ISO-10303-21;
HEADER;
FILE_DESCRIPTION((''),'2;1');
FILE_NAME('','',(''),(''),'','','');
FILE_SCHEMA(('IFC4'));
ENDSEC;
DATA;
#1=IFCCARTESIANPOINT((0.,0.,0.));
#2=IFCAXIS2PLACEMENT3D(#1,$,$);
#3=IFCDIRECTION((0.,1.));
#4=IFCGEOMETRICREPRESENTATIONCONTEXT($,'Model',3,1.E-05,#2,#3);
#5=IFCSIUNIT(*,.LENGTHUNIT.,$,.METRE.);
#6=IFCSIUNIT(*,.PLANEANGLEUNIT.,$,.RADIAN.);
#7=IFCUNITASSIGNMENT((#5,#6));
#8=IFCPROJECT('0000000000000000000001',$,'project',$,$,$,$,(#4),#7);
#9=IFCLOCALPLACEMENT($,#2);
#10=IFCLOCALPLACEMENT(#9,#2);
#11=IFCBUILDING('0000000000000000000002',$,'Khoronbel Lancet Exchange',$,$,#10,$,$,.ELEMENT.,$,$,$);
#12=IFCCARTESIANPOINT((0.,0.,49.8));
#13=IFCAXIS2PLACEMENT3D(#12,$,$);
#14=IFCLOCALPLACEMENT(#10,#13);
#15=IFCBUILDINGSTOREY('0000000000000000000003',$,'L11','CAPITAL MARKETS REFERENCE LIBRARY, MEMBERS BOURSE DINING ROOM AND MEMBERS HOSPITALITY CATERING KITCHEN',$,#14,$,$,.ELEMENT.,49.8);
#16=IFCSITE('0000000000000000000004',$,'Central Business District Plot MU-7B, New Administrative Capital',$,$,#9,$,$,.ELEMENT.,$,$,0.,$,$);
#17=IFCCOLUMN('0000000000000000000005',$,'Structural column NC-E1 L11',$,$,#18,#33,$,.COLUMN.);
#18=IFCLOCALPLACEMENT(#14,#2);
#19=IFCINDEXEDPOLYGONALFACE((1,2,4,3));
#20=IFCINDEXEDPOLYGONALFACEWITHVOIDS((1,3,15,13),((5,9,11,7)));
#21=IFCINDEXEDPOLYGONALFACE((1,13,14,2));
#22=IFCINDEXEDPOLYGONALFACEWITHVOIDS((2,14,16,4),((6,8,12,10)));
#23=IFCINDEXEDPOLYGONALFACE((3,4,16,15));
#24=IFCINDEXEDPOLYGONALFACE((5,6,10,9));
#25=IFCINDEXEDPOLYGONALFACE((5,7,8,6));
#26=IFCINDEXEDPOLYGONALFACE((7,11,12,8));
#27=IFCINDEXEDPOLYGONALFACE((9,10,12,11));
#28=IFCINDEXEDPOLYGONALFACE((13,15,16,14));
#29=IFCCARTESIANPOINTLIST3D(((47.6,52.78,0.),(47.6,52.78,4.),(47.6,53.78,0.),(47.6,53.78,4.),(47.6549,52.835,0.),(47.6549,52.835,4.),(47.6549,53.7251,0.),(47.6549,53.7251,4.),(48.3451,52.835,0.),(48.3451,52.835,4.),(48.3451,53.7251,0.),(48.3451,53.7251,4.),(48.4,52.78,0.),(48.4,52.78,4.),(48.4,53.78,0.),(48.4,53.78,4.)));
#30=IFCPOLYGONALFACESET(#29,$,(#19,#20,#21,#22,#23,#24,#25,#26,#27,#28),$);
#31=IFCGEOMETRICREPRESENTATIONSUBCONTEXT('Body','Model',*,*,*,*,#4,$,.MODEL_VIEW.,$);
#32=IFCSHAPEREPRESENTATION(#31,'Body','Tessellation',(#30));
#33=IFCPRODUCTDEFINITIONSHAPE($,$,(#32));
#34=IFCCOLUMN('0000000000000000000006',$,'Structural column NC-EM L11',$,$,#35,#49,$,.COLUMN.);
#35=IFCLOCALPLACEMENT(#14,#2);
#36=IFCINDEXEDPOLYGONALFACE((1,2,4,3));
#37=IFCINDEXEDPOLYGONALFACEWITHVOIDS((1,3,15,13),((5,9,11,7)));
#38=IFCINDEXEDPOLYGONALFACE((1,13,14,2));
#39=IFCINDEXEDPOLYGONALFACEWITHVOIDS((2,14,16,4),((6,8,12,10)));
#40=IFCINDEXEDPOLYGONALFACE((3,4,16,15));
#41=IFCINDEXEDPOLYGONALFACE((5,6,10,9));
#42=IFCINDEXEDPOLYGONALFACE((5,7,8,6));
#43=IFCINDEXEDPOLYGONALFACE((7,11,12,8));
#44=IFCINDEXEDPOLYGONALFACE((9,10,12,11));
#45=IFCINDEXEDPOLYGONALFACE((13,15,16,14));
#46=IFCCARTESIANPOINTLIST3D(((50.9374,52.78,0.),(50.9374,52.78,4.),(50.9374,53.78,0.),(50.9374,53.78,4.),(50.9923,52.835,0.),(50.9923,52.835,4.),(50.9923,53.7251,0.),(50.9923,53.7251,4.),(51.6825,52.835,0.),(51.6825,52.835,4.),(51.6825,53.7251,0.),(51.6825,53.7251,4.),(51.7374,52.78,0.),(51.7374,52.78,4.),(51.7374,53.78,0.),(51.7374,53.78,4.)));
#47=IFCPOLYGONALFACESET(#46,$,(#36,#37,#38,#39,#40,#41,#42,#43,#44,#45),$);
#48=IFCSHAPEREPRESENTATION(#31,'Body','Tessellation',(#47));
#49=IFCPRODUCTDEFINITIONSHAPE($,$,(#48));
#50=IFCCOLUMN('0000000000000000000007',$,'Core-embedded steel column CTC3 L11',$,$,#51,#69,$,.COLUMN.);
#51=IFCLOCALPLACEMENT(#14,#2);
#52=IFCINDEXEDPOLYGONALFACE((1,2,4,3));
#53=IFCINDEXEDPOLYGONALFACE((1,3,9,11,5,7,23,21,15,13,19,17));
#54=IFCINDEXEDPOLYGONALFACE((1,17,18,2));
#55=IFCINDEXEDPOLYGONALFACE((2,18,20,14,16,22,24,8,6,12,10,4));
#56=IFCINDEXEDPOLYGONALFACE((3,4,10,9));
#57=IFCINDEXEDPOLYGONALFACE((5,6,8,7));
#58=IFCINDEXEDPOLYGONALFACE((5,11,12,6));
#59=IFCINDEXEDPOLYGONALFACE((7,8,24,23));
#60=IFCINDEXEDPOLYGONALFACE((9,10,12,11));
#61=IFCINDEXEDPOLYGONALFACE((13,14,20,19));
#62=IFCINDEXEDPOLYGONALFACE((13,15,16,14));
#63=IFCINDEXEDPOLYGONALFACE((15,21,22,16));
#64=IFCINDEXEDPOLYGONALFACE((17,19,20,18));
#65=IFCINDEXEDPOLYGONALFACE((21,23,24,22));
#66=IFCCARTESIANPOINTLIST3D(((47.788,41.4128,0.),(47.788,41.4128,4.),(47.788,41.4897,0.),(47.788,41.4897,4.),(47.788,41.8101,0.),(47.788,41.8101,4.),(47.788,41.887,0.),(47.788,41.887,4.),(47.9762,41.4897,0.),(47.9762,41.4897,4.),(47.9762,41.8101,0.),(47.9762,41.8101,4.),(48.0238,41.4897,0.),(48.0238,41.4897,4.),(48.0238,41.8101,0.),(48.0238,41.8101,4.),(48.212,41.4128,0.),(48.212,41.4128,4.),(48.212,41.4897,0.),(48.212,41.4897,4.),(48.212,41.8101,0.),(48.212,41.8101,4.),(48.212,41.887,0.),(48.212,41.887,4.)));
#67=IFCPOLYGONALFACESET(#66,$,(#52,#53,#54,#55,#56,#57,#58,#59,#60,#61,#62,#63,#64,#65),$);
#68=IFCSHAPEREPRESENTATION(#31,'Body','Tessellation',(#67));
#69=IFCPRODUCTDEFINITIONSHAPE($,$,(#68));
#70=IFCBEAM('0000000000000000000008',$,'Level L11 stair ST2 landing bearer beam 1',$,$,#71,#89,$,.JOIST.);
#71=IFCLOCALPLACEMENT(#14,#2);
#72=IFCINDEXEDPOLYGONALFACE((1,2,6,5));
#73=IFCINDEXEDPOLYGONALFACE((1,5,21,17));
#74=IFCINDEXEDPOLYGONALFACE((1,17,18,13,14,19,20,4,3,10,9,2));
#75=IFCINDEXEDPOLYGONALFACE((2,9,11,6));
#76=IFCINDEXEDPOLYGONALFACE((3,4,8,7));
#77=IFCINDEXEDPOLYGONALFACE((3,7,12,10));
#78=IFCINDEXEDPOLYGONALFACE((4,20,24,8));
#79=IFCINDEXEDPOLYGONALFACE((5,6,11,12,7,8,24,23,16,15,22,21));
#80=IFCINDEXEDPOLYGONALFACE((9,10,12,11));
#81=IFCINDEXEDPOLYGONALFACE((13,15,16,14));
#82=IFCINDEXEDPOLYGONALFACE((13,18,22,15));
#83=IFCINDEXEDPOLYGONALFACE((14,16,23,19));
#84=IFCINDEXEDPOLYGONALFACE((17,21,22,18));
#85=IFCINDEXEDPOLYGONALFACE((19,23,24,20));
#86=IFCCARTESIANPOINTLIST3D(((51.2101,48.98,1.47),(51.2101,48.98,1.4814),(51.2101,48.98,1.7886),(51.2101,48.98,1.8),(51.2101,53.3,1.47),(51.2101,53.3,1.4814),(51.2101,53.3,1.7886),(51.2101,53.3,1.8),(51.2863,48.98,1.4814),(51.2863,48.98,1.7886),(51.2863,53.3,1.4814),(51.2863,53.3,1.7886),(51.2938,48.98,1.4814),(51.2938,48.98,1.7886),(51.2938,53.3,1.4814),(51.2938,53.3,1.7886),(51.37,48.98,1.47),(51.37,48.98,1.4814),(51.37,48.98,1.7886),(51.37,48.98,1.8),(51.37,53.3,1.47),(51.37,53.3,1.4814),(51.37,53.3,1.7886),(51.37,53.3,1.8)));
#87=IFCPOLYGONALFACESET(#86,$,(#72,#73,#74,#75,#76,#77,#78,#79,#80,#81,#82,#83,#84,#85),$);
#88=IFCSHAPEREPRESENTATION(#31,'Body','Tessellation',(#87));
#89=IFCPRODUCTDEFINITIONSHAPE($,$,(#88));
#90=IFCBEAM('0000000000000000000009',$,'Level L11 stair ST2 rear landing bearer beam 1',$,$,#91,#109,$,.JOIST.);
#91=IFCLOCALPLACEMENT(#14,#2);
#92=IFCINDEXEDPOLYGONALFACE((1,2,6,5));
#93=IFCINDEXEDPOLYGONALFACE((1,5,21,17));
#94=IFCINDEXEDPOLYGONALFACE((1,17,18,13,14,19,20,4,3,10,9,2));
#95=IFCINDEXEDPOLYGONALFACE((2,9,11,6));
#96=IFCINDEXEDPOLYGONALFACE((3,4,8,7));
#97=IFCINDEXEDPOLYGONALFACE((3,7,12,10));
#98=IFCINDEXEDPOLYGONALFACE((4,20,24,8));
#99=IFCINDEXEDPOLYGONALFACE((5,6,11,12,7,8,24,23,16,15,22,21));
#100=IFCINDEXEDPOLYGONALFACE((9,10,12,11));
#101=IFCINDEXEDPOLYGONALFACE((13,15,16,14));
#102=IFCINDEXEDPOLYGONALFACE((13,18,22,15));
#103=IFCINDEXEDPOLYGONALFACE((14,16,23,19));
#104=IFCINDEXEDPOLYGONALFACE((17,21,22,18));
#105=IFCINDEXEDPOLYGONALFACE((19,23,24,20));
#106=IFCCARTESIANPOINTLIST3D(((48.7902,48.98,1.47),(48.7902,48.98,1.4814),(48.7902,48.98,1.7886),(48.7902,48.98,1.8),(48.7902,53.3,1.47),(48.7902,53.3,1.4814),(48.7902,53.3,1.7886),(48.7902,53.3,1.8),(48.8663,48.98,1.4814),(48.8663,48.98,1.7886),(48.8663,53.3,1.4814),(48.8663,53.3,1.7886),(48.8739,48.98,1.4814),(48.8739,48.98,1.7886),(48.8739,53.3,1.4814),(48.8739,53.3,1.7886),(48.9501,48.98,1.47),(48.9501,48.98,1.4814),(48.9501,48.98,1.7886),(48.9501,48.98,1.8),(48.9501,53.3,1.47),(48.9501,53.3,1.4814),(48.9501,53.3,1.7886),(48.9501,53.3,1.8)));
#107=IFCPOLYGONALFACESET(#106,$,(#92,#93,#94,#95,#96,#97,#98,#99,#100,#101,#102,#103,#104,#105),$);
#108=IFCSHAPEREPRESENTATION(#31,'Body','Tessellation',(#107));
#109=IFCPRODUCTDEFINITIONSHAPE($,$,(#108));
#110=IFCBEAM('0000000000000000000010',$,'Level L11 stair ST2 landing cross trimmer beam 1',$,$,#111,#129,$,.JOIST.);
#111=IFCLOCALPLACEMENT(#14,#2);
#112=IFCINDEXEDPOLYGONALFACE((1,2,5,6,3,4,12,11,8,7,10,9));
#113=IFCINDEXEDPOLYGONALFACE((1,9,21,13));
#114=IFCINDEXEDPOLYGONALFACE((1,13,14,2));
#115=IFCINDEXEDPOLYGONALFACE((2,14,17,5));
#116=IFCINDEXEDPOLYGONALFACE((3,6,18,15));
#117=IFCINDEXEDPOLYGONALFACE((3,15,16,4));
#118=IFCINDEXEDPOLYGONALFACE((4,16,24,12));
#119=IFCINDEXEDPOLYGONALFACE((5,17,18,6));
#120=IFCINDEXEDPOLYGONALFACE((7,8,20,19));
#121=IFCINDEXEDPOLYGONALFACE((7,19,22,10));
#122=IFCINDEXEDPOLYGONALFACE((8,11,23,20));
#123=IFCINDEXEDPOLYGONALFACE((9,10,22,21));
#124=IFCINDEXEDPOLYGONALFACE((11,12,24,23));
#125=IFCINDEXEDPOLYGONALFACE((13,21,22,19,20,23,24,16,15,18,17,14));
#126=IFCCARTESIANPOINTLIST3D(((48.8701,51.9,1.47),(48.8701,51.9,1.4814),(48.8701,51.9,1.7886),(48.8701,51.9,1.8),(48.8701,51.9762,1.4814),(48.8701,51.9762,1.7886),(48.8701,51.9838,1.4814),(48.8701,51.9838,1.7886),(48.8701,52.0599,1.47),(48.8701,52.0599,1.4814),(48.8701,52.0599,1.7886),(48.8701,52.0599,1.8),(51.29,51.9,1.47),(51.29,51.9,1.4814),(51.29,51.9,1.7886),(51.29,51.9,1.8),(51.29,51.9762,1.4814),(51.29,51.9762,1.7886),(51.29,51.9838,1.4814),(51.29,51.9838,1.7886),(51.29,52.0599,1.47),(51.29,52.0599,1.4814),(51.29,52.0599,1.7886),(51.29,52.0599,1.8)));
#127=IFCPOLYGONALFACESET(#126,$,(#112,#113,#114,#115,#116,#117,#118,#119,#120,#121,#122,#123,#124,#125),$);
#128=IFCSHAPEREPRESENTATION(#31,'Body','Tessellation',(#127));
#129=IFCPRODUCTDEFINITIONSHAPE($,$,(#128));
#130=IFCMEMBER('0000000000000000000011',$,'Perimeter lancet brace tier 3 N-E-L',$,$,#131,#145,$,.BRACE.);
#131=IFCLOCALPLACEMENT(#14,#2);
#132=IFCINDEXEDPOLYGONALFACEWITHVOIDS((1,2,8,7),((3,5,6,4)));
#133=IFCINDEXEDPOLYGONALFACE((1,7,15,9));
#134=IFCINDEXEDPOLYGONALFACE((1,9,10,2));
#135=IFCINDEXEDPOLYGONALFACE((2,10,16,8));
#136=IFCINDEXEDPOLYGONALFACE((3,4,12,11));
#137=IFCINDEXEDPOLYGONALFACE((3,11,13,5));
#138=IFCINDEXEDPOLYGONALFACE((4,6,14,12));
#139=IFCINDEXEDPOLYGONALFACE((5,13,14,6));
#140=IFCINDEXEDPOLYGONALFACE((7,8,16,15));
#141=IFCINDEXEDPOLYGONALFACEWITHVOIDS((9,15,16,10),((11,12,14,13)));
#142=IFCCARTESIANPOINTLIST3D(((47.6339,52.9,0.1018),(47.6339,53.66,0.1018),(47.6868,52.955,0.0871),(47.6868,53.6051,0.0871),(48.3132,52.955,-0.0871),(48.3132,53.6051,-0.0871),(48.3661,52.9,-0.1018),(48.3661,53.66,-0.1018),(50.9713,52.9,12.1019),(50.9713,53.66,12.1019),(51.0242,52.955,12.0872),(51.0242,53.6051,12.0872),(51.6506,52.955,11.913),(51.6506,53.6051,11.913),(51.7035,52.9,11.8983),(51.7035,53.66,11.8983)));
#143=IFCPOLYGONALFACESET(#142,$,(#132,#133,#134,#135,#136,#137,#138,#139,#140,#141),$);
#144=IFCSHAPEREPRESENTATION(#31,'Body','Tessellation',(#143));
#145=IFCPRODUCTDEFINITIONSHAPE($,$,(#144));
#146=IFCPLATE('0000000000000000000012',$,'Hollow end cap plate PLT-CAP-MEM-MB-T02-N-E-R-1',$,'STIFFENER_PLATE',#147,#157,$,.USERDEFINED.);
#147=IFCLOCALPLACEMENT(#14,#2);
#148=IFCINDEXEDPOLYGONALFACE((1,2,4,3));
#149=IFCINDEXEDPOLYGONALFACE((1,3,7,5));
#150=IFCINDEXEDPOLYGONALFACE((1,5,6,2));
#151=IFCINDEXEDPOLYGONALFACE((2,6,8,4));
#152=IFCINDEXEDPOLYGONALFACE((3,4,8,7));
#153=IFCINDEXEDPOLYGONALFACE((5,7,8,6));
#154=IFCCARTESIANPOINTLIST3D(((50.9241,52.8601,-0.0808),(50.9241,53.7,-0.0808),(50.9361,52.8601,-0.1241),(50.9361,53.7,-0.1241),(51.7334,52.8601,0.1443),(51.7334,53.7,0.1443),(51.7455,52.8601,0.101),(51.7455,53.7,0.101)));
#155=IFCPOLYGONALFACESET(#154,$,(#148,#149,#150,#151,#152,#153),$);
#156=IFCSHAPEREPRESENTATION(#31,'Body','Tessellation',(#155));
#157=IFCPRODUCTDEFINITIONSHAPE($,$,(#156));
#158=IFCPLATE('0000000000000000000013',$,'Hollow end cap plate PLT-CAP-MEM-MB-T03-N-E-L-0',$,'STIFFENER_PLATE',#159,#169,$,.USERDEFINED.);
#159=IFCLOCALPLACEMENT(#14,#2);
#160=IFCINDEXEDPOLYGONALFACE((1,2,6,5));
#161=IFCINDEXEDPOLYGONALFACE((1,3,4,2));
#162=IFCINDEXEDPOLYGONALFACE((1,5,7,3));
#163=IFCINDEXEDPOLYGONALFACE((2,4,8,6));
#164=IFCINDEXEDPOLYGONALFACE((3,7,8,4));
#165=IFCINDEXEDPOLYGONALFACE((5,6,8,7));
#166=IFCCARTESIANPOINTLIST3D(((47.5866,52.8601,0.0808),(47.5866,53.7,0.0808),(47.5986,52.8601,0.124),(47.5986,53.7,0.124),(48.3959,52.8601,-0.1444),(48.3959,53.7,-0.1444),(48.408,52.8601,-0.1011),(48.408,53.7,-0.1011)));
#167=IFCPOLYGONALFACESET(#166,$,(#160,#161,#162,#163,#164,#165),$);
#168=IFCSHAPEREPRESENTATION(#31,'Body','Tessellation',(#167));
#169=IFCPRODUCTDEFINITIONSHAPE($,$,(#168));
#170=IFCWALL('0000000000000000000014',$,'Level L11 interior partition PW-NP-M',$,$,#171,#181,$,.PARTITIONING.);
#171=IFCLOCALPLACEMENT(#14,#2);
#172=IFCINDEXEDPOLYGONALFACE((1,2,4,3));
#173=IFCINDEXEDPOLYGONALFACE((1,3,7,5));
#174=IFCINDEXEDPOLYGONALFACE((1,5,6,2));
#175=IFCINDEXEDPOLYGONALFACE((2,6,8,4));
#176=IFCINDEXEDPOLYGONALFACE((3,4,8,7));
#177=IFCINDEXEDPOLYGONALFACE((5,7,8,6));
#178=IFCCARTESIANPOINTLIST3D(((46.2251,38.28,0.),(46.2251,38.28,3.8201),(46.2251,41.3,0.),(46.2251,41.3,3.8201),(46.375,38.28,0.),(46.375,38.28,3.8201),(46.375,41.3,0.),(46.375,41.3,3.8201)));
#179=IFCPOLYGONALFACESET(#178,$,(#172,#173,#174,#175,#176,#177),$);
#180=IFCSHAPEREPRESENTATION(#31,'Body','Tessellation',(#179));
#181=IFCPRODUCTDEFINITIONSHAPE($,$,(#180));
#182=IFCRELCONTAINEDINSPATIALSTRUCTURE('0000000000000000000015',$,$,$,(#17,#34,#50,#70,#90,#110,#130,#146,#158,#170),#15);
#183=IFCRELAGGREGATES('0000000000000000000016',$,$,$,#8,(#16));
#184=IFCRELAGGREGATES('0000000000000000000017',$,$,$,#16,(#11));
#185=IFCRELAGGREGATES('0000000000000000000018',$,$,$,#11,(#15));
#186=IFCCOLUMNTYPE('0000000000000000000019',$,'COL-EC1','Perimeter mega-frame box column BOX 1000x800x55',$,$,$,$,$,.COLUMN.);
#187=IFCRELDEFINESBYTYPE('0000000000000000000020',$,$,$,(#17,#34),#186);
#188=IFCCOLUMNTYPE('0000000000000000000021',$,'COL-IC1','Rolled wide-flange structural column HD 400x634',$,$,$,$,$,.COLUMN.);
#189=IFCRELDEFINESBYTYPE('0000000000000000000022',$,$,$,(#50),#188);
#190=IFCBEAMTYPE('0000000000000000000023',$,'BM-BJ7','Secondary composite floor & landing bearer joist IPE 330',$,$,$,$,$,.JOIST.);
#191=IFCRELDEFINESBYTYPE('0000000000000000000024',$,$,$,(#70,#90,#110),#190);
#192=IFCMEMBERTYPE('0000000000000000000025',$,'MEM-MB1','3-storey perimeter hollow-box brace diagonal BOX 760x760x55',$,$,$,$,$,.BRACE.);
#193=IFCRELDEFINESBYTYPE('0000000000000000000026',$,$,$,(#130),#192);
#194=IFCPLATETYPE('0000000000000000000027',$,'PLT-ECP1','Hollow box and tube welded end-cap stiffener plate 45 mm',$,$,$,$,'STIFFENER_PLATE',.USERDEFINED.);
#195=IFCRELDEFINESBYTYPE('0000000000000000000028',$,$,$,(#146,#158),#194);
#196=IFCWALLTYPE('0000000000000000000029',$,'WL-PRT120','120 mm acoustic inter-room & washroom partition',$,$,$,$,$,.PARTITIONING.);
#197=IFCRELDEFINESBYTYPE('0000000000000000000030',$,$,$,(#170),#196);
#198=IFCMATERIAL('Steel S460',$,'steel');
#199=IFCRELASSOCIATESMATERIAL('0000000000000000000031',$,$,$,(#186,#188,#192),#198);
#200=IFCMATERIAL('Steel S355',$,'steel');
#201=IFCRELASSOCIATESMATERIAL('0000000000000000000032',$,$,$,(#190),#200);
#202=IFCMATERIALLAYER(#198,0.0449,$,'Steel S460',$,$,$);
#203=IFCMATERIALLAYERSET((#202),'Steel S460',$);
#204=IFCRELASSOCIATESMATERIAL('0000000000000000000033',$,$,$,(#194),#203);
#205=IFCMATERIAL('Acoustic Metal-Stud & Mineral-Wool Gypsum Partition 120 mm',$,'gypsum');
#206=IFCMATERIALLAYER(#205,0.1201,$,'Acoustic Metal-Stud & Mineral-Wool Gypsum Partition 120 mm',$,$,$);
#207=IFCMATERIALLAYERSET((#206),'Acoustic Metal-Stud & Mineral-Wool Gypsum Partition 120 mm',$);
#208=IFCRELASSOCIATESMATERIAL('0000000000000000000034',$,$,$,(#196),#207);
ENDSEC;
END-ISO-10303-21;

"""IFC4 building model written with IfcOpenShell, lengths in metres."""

from ifc_helpers import new_model, si_unit, direction, frame, frame_2d, origin, origin_2d, place, context, subcontext, project, spatial, polyline, rectangle, hollow_rectangle, i_section, outline, extrude, material, layer, layer_set, material_profile, profile_set, type_object, element, save


model = new_model("IFC4")

# Units and contexts
model_context = context("Model", 3, precision=1e-05, world=origin(), true_north=direction((0.0, 1.0)))
body_context = subcontext(model_context, "Body", "Model", "MODEL_VIEW")
ifc_project = project(units=[si_unit("LENGTHUNIT", "METRE"), si_unit("PLANEANGLEUNIT", "RADIAN")], contexts=[model_context])

# Site, building, storey
site_placement = place(None, origin())
site = spatial("IfcSite", under=ifc_project, at=site_placement, Name="Central Business District Plot MU-7B, New Administrative Capital", CompositionType="ELEMENT", RefElevation=0.0)
building_placement = place(site_placement, origin())
building = spatial("IfcBuilding", under=site, at=building_placement, Name="Khoronbel Lancet Exchange", CompositionType="ELEMENT")
storey_placement = place(building_placement, frame((0.0, 0.0, 49.8)))
storey = spatial("IfcBuildingStorey", under=building, at=storey_placement, Name="L11", Description="CAPITAL MARKETS REFERENCE LIBRARY, MEMBERS BOURSE DINING ROOM AND MEMBERS HOSPITALITY CATERING KITCHEN", CompositionType="ELEMENT", Elevation=49.8)

# Columns
ifc_material_1 = material(Name="Steel S460", Category="steel")
ifc_material_profile_1 = material_profile(ifc_material_1, hollow_rectangle(XDim=0.8, YDim=1.0, WallThickness=0.0549, at=origin_2d()), Name="BOX 1000x800x55")
ifc_profile_set_1 = profile_set([ifc_material_profile_1], Name="Steel S460")
column_type_1 = type_object("IfcColumnType", Name="COL-EC1", Description="Perimeter mega-frame box column BOX 1000x800x55", PredefinedType="COLUMN", material=ifc_profile_set_1)
for number, where, z_axis, x_axis, name in (
    (1, (48.0, 53.28, 0.0), (0.0, 0.0, 1.0), (1.0, 0.0, 0.0), "Structural column NC-E1 L11"),
    (2, (51.3374, 53.28, 0.0), (0.0, 0.0, 1.0), (1.0, 0.0, 0.0), "Structural column NC-EM L11"),
):
    element("IfcColumn", number, at=place(storey_placement, frame(where, z_axis=z_axis, x_axis=x_axis)), inside=storey, type_object=column_type_1, Name=name, PredefinedType="COLUMN", context=body_context, shape_type="SweptSolid", body=[
        extrude(hollow_rectangle(XDim=0.8, YDim=1.0, WallThickness=0.0549, at=origin_2d()), origin(), (0.0, 0.0, 1.0), 4.0),
    ])
ifc_material_profile_2 = material_profile(ifc_material_1, i_section(OverallWidth=0.4241, OverallDepth=0.4741, WebThickness=0.0476, FlangeThickness=0.0769, at=origin_2d()), Name="HD 400x634")
ifc_profile_set_2 = profile_set([ifc_material_profile_2], Name="Steel S460")
column_type_2 = type_object("IfcColumnType", Name="COL-IC1", Description="Rolled wide-flange structural column HD 400x634", PredefinedType="COLUMN", material=ifc_profile_set_2)
column_placement = place(storey_placement, frame((48.0, 41.6499, 0.0), z_axis=(0.0, 0.0, 1.0), x_axis=(1.0, 0.0, 0.0)))
element("IfcColumn", 3, at=column_placement, inside=storey, type_object=column_type_2, Name="Core-embedded steel column CTC3 L11", PredefinedType="COLUMN", context=body_context, shape_type="SweptSolid", body=[
    extrude(i_section(OverallWidth=0.4241, OverallDepth=0.4741, WebThickness=0.0476, FlangeThickness=0.0769, at=origin_2d()), origin(), (0.0, 0.0, 1.0), 4.0),
])

# Beams
ifc_material_2 = material(Name="Steel S355", Category="steel")
ifc_material_profile_3 = material_profile(ifc_material_2, i_section(OverallWidth=0.1599, OverallDepth=0.3301, WebThickness=0.0076, FlangeThickness=0.0115, at=origin_2d()), Name="IPE 330")
ifc_profile_set_3 = profile_set([ifc_material_profile_3], Name="Steel S355")
beam_type = type_object("IfcBeamType", Name="BM-BJ7", Description="Secondary composite floor & landing bearer joist IPE 330", PredefinedType="JOIST", material=ifc_profile_set_3)
for number, where, z_axis, x_axis, name in (
    (4, (51.29, 48.98, 1.635), (0.0, 1.0, 0.0), (-1.0, 0.0, 0.0), "Level L11 stair ST2 landing bearer beam 1"),
    (5, (48.8701, 48.98, 1.635), (0.0, 1.0, 0.0), (-1.0, 0.0, 0.0), "Level L11 stair ST2 rear landing bearer beam 1"),
):
    element("IfcBeam", number, at=place(storey_placement, frame(where, z_axis=z_axis, x_axis=x_axis)), inside=storey, type_object=beam_type, Name=name, PredefinedType="JOIST", context=body_context, shape_type="SweptSolid", body=[
        extrude(i_section(OverallWidth=0.1599, OverallDepth=0.3301, WebThickness=0.0076, FlangeThickness=0.0115, at=origin_2d()), origin(), (0.0, 0.0, 1.0), 4.3201),
    ])
beam_placement = place(storey_placement, frame((48.8701, 51.98, 1.635), z_axis=(1.0, 0.0, 0.0), x_axis=(0.0, 1.0, 0.0)))
element("IfcBeam", 6, at=beam_placement, inside=storey, type_object=beam_type, Name="Level L11 stair ST2 landing cross trimmer beam 1", PredefinedType="JOIST", context=body_context, shape_type="SweptSolid", body=[
    extrude(i_section(OverallWidth=0.1599, OverallDepth=0.3301, WebThickness=0.0076, FlangeThickness=0.0115, at=origin_2d()), origin(), (0.0, 0.0, 1.0), 2.4199),
])

# Member
ifc_material_profile_4 = material_profile(ifc_material_1, hollow_rectangle(XDim=0.76, YDim=0.76, WallThickness=0.0549, at=origin_2d()), Name="BOX 760x760x55")
ifc_profile_set_4 = profile_set([ifc_material_profile_4], Name="Steel S460")
member_type = type_object("IfcMemberType", Name="MEM-MB1", Description="3-storey perimeter hollow-box brace diagonal BOX 760x760x55", PredefinedType="BRACE", material=ifc_profile_set_4)
member_placement = place(storey_placement, frame((48.0, 53.28, 0.0), z_axis=(0.267947, 0.0, 0.963434), x_axis=(0.0, 1.0, 0.0)))
element("IfcMember", 7, at=member_placement, inside=storey, type_object=member_type, Name="Perimeter lancet brace tier 3 N-E-L", PredefinedType="BRACE", context=body_context, shape_type="SweptSolid", body=[
    extrude(hollow_rectangle(XDim=0.76, YDim=0.76, WallThickness=0.0549, at=origin_2d()), origin(), (0.0, 0.0, 1.0), 12.4556),
])

# Plates
ifc_layer_1 = layer(ifc_material_1, 0.0449, Name="Steel S460")
ifc_layer_set_1 = layer_set([ifc_layer_1], Name="Steel S460")
plate_type = type_object("IfcPlateType", Name="PLT-ECP1", Description="Hollow box and tube welded end-cap stiffener plate 45 mm", ElementType="STIFFENER_PLATE", PredefinedType="USERDEFINED", material=ifc_layer_set_1)
for number, where, z_axis, x_axis, name in (
    (8, (50.9241, 53.7, -0.0808), (-0.267959, 0.0, 0.96343), (0.0, -1.0, 0.0), "Hollow end cap plate PLT-CAP-MEM-MB-T02-N-E-R-1"),
    (9, (48.408, 52.8601, -0.1011), (0.267959, 0.0, 0.96343), (0.0, 1.0, 0.0), "Hollow end cap plate PLT-CAP-MEM-MB-T03-N-E-L-0"),
):
    element("IfcPlate", number, at=place(storey_placement, frame(where, z_axis=z_axis, x_axis=x_axis)), inside=storey, type_object=plate_type, Name=name, ObjectType="STIFFENER_PLATE", PredefinedType="USERDEFINED", context=body_context, shape_type="SweptSolid", body=[
        extrude(outline(polyline([(0.0, 0.0), (0.8398, 0.0), (0.8398, 0.8401), (0.0, 0.8401), (0.0, 0.0)])), origin(), (0.0, 0.0, -1.0), 0.0449),
    ])

# Wall
ifc_material_3 = material(Name="Acoustic Metal-Stud & Mineral-Wool Gypsum Partition 120 mm", Category="gypsum")
ifc_layer_2 = layer(ifc_material_3, 0.1201, Name="Acoustic Metal-Stud & Mineral-Wool Gypsum Partition 120 mm")
ifc_layer_set_2 = layer_set([ifc_layer_2], Name="Acoustic Metal-Stud & Mineral-Wool Gypsum Partition 120 mm")
wall_type_1 = type_object("IfcWallType", Name="WL-PRT120", Description="120 mm acoustic inter-room & washroom partition", PredefinedType="PARTITIONING", material=ifc_layer_set_2)
wall_1_placement = place(storey_placement, frame((46.3, 38.28, 0.0), z_axis=(0.0, 0.0, 1.0), x_axis=(0.0, 1.0, 0.0)))
element("IfcWall", 10, at=wall_1_placement, inside=storey, type_object=wall_type_1, Name="Level L11 interior partition PW-NP-M", PredefinedType="PARTITIONING", context=body_context, shape_type="SweptSolid", body=[
    extrude(rectangle(XDim=3.02, YDim=0.1499, at=frame_2d((1.51, 0.0))), origin(), (0.0, 0.0, 1.0), 3.8201),
])

save(model, "model.ifc")
